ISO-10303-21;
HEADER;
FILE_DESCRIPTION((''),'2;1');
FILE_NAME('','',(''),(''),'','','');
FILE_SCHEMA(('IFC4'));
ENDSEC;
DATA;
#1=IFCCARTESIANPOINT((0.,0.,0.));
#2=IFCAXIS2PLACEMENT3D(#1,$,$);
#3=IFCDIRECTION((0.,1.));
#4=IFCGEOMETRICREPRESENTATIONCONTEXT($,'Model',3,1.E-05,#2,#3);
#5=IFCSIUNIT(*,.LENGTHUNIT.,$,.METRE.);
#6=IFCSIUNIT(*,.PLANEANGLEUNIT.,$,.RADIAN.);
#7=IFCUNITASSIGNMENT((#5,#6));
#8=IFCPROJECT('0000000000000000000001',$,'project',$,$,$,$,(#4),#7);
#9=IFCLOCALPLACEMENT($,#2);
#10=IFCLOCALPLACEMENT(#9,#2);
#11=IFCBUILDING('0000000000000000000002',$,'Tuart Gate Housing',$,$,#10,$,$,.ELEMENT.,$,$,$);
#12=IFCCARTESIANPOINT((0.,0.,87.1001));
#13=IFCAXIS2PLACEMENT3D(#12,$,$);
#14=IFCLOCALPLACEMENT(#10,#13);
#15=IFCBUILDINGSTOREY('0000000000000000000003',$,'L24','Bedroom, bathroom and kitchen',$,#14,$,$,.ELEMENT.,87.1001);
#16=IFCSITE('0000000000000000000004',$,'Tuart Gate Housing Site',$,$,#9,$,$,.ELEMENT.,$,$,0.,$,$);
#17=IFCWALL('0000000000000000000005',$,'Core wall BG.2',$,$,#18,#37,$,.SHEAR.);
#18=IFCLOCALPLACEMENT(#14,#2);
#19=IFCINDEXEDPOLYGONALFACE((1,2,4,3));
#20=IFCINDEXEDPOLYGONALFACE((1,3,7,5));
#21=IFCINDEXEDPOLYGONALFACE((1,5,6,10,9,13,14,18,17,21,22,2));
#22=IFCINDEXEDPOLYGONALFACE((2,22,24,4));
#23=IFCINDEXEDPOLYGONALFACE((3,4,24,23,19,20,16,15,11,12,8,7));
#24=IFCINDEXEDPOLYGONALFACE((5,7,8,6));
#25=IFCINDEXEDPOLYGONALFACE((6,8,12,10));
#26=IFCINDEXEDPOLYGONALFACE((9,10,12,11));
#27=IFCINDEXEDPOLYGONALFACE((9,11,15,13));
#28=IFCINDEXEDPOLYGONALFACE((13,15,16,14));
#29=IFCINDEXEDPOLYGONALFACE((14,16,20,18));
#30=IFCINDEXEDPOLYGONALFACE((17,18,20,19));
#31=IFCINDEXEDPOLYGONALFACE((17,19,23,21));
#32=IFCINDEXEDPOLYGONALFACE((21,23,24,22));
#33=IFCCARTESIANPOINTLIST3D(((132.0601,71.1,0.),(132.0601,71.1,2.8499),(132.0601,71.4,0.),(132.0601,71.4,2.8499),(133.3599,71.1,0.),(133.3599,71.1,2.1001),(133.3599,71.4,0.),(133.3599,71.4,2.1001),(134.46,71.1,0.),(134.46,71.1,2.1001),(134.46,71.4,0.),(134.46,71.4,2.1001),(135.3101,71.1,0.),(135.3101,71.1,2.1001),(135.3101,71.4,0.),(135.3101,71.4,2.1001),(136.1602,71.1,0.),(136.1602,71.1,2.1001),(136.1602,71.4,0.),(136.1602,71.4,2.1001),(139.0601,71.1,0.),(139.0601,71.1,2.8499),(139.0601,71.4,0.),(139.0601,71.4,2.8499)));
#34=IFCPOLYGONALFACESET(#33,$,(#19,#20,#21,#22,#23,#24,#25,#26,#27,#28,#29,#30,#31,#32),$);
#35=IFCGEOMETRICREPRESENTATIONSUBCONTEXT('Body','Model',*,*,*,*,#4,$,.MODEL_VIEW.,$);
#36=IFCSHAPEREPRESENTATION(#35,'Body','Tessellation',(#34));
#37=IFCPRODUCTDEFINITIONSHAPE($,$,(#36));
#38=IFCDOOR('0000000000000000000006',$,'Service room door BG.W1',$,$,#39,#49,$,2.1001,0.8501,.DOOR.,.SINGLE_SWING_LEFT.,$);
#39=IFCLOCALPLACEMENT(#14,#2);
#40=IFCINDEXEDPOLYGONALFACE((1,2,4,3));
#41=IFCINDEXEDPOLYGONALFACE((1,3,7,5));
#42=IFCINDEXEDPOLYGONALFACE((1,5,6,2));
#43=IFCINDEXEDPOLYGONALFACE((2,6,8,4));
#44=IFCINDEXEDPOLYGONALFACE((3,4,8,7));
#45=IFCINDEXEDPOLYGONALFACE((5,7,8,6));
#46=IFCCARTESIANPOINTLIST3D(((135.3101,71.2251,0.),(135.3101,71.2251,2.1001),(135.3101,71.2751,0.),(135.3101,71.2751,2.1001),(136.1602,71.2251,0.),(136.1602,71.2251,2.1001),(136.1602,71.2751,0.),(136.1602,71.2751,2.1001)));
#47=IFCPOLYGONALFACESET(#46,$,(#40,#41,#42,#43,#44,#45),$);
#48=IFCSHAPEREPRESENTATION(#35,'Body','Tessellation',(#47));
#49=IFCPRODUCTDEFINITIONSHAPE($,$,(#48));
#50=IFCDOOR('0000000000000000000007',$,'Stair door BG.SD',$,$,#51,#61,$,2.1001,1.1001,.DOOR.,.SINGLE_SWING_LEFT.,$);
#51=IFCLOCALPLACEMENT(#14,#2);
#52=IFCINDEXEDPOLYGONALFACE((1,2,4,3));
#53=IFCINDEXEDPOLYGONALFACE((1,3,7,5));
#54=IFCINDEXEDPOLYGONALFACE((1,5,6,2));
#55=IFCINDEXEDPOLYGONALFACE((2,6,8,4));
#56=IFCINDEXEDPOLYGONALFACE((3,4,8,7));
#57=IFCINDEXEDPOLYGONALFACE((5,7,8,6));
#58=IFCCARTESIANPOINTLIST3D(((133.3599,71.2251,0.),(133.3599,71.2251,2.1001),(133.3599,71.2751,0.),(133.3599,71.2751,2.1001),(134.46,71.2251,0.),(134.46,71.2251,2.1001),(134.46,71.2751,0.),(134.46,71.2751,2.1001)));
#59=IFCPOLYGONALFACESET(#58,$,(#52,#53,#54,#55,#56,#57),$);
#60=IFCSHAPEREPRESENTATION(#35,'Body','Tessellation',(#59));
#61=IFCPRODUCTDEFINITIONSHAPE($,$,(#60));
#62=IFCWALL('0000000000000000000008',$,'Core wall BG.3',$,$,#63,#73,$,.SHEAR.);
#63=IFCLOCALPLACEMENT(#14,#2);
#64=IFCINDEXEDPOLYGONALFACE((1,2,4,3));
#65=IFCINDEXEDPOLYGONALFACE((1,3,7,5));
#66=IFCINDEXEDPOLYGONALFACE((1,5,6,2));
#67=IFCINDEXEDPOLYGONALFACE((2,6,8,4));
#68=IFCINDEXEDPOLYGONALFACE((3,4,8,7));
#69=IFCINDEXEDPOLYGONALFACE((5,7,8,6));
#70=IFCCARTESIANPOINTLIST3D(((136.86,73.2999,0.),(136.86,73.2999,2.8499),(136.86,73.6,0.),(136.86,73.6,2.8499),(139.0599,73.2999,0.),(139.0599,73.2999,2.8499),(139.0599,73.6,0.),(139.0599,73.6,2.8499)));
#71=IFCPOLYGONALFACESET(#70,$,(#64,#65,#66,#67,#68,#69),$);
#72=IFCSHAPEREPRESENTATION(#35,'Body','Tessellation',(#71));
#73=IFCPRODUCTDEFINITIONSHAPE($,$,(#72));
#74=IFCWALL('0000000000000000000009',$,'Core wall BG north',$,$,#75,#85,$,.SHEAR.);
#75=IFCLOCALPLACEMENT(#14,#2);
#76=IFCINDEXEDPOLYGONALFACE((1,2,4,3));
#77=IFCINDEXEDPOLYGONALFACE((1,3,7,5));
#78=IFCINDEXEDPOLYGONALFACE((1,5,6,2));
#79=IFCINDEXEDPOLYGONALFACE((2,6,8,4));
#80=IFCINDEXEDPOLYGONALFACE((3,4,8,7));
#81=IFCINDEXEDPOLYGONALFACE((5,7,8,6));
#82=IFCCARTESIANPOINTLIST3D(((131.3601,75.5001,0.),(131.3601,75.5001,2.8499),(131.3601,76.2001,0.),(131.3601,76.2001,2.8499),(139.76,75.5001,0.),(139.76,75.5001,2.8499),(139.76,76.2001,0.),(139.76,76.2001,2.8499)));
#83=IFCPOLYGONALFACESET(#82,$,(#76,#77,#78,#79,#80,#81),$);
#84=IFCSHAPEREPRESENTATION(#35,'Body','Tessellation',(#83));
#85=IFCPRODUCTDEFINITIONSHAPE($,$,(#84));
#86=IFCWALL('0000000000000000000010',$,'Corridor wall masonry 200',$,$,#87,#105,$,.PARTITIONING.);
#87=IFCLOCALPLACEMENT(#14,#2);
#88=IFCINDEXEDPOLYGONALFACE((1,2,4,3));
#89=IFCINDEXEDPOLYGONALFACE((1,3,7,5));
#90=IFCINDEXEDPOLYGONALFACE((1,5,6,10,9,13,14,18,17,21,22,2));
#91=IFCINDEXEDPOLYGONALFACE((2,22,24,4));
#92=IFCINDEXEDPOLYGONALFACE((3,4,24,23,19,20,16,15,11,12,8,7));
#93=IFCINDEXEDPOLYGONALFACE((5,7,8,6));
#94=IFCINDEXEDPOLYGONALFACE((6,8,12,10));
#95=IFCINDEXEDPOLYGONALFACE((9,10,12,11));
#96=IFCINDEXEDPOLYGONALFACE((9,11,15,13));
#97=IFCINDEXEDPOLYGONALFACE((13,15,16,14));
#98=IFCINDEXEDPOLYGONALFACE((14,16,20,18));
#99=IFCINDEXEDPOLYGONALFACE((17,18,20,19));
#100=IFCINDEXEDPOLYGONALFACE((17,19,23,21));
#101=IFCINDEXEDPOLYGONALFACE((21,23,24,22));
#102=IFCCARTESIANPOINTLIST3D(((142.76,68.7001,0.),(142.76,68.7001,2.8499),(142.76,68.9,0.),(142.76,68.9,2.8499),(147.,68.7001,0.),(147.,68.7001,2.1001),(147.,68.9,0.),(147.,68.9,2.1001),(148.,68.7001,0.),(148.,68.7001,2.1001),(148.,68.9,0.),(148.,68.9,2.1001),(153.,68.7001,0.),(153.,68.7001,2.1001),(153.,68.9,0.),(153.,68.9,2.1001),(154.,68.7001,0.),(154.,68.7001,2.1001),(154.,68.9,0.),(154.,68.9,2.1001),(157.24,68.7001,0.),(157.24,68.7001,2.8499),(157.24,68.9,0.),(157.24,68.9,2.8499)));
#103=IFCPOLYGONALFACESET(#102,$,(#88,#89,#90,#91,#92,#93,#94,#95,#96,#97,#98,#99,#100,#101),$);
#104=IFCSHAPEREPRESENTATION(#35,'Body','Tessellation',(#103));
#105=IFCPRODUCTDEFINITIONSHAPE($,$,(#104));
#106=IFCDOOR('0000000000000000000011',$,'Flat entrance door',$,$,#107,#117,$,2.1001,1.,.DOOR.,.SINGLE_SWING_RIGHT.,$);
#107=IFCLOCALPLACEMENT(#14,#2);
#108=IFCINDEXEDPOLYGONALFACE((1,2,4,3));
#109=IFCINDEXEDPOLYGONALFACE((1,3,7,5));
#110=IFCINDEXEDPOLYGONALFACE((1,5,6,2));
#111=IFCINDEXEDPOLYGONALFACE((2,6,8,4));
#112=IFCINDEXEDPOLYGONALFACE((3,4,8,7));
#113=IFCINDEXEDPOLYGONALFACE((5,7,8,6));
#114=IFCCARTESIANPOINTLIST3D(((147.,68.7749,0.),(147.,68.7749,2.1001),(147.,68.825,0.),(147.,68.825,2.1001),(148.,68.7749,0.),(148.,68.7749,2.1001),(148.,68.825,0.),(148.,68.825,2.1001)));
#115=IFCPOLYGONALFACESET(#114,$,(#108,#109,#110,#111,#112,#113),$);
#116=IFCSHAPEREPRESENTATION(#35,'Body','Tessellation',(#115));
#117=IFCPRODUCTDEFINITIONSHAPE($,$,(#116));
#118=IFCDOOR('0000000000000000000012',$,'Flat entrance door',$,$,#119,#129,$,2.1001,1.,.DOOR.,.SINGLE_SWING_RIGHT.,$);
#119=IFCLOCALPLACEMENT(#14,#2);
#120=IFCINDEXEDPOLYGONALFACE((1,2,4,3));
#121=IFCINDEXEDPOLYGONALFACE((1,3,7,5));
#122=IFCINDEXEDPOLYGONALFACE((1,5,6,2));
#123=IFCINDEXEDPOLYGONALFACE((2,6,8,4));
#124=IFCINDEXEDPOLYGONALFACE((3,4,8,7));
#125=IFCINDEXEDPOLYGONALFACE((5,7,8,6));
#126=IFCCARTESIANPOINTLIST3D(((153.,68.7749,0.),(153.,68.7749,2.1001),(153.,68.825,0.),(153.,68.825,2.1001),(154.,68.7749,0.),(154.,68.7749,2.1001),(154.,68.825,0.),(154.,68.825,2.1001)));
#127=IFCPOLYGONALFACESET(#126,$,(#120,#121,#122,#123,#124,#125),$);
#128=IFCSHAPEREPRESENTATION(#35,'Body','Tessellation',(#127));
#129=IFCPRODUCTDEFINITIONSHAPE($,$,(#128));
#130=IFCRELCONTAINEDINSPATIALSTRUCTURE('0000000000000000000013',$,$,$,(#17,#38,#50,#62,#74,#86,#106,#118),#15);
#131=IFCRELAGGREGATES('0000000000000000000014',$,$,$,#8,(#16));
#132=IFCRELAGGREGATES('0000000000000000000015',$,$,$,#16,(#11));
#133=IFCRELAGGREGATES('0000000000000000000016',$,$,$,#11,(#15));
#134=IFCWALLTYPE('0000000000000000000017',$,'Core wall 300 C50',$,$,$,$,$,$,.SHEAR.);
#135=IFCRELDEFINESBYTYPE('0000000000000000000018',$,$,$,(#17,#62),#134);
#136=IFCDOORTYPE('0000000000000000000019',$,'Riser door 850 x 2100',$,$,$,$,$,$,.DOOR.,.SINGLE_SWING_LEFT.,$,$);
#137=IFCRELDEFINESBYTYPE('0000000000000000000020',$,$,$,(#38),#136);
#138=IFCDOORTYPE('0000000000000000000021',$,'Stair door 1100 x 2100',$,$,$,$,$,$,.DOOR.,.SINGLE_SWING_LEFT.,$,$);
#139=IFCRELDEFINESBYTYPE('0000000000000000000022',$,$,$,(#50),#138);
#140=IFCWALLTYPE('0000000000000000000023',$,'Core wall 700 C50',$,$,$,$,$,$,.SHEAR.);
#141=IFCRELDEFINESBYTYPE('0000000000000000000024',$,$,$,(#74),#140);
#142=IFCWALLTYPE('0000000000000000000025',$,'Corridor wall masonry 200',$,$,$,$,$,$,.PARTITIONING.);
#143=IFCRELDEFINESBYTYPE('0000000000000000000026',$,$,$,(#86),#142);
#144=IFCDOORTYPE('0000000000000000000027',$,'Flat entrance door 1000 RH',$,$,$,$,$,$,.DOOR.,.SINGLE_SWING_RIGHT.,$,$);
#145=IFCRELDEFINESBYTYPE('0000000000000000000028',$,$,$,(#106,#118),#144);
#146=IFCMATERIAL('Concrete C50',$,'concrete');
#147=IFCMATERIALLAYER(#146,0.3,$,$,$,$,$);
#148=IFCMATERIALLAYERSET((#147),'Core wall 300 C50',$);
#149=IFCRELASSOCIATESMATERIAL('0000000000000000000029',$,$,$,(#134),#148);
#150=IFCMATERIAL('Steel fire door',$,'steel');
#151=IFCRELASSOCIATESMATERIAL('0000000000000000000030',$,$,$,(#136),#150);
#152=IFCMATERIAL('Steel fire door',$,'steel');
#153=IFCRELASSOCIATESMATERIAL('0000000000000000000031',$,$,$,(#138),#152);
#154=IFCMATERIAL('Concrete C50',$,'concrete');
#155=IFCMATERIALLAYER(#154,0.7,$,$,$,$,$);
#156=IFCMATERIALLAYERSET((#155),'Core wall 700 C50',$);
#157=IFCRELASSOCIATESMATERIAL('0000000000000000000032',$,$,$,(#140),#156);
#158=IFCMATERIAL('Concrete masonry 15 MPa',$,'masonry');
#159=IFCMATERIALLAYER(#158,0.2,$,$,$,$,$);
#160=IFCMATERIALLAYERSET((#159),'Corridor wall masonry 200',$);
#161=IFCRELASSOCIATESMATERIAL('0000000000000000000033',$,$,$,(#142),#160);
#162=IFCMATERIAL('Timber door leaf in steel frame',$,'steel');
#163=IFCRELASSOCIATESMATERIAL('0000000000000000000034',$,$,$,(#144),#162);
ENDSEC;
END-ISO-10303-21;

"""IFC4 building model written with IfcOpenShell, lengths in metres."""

from ifc_helpers import new_model, si_unit, direction, frame, frame_2d, origin, place, context, subcontext, project, spatial, rectangle, extrude, material, layer, layer_set, type_object, element, fill, save


model = new_model("IFC4")

# Units and contexts
model_context = context("Model", 3, precision=1e-05, world=origin(), true_north=direction((0.0, 1.0)))
body_context = subcontext(model_context, "Body", "Model", "MODEL_VIEW")
ifc_project = project(units=[si_unit("LENGTHUNIT", "METRE"), si_unit("PLANEANGLEUNIT", "RADIAN")], contexts=[model_context])

# Site, building, storey
site_placement = place(None, origin())
site = spatial("IfcSite", under=ifc_project, at=site_placement, Name="Tuart Gate Housing Site", CompositionType="ELEMENT", RefElevation=0.0)
building_placement = place(site_placement, origin())
building = spatial("IfcBuilding", under=site, at=building_placement, Name="Tuart Gate Housing", CompositionType="ELEMENT")
storey_placement = place(building_placement, frame((0.0, 0.0, 87.1001)))
storey = spatial("IfcBuildingStorey", under=building, at=storey_placement, Name="L24", Description="Bedroom, bathroom and kitchen", CompositionType="ELEMENT", Elevation=87.1001)

# Wall, openings, doors
ifc_material_1 = material(Name="Concrete C50", Category="concrete")
ifc_layer_1 = layer(ifc_material_1, 0.3)
ifc_layer_set_1 = layer_set([ifc_layer_1], Name="Core wall 300 C50")
wall_type_1 = type_object("IfcWallType", Name="Core wall 300 C50", PredefinedType="SHEAR", material=ifc_layer_set_1)
wall_1_placement = place(storey_placement, frame((139.0601, 71.25, 0.0), z_axis=(0.0, 0.0, 1.0), x_axis=(-1.0, 0.0, 0.0)))
wall_1 = element("IfcWall", 1, at=wall_1_placement, inside=storey, type_object=wall_type_1, Name="Core wall BG.2", PredefinedType="SHEAR", context=body_context, shape_type="SweptSolid", body=[
    extrude(rectangle(XDim=7.0, YDim=0.3, at=frame_2d((3.5, 0.0))), origin(), (0.0, 0.0, 1.0), 2.8499),
])
opening_1_placement = place(wall_1_placement, frame((4.6001, 0.0, 0.0)))
opening_1 = element("IfcOpeningElement", 2, at=opening_1_placement, cuts=wall_1, PredefinedType="OPENING", context=body_context, shape_type="SweptSolid", body=[
    extrude(rectangle(XDim=1.1001, YDim=2.1001, at=frame_2d((0.55, 1.05))), frame((0.0, 0.1599, 0.0), z_axis=(0.0, -1.0, 0.0), x_axis=(1.0, 0.0, 0.0)), (0.0, 0.0, 1.0), 0.3201),
])
opening_2_placement = place(wall_1_placement, frame((2.8999, 0.0, 0.0)))
opening_2 = element("IfcOpeningElement", 3, at=opening_2_placement, cuts=wall_1, PredefinedType="OPENING", context=body_context, shape_type="SweptSolid", body=[
    extrude(rectangle(XDim=0.8501, YDim=2.1001, at=frame_2d((0.425, 1.05))), frame((0.0, 0.1599, 0.0), z_axis=(0.0, -1.0, 0.0), x_axis=(1.0, 0.0, 0.0)), (0.0, 0.0, 1.0), 0.3201),
])
ifc_material_2 = material(Name="Steel fire door", Category="steel")
door_type_1 = type_object("IfcDoorType", Name="Riser door 850 x 2100", OperationType="SINGLE_SWING_LEFT", PredefinedType="DOOR", material=ifc_material_2)
door_1_placement = place(opening_2_placement, origin())
door_1 = element("IfcDoor", 4, at=door_1_placement, inside=storey, type_object=door_type_1, Name="Service room door BG.W1", OperationType="SINGLE_SWING_LEFT", OverallHeight=2.1001, OverallWidth=0.8501, PredefinedType="DOOR", context=body_context, shape_type="SweptSolid", body=[
    extrude(rectangle(XDim=0.8501, YDim=2.1001, at=frame_2d((0.425, 1.05))), frame((0.0, 0.0249, 0.0), z_axis=(0.0, -1.0, 0.0), x_axis=(1.0, 0.0, 0.0)), (0.0, 0.0, 1.0), 0.05),
])
fill(opening_2, door_1)
ifc_material_3 = material(Name="Steel fire door", Category="steel")
door_type_2 = type_object("IfcDoorType", Name="Stair door 1100 x 2100", OperationType="SINGLE_SWING_LEFT", PredefinedType="DOOR", material=ifc_material_3)
door_2_placement = place(opening_1_placement, origin())
door_2 = element("IfcDoor", 5, at=door_2_placement, inside=storey, type_object=door_type_2, Name="Stair door BG.SD", OperationType="SINGLE_SWING_LEFT", OverallHeight=2.1001, OverallWidth=1.1001, PredefinedType="DOOR", context=body_context, shape_type="SweptSolid", body=[
    extrude(rectangle(XDim=1.1001, YDim=2.1001, at=frame_2d((0.55, 1.05))), frame((0.0, 0.0249, 0.0), z_axis=(0.0, -1.0, 0.0), x_axis=(1.0, 0.0, 0.0)), (0.0, 0.0, 1.0), 0.05),
])
fill(opening_1, door_2)

# Walls
wall_2_placement = place(storey_placement, frame((139.0601, 73.45, 0.0), z_axis=(0.0, 0.0, 1.0), x_axis=(-1.0, 0.0, 0.0)))
element("IfcWall", 6, at=wall_2_placement, inside=storey, type_object=wall_type_1, Name="Core wall BG.3", PredefinedType="SHEAR", context=body_context, shape_type="SweptSolid", body=[
    extrude(rectangle(XDim=2.2, YDim=0.3, at=frame_2d((1.1001, 0.0))), origin(), (0.0, 0.0, 1.0), 2.8499),
])
ifc_material_4 = material(Name="Concrete C50", Category="concrete")
ifc_layer_2 = layer(ifc_material_4, 0.7)
ifc_layer_set_2 = layer_set([ifc_layer_2], Name="Core wall 700 C50")
wall_type_2 = type_object("IfcWallType", Name="Core wall 700 C50", PredefinedType="SHEAR", material=ifc_layer_set_2)
wall_3_placement = place(storey_placement, frame((139.76, 75.8501, 0.0), z_axis=(0.0, 0.0, 1.0), x_axis=(-1.0, 0.0, 0.0)))
element("IfcWall", 7, at=wall_3_placement, inside=storey, type_object=wall_type_2, Name="Core wall BG north", PredefinedType="SHEAR", context=body_context, shape_type="SweptSolid", body=[
    extrude(rectangle(XDim=8.3999, YDim=0.7, at=frame_2d((4.2, 0.0))), origin(), (0.0, 0.0, 1.0), 2.8499),
])

# Wall, openings, doors
ifc_material_5 = material(Name="Concrete masonry 15 MPa", Category="masonry")
ifc_layer_3 = layer(ifc_material_5, 0.2)
ifc_layer_set_3 = layer_set([ifc_layer_3], Name="Corridor wall masonry 200")
wall_type_3 = type_object("IfcWallType", Name="Corridor wall masonry 200", PredefinedType="PARTITIONING", material=ifc_layer_set_3)
wall_4_placement = place(storey_placement, frame((142.76, 68.8, 0.0), z_axis=(0.0, 0.0, 1.0), x_axis=(1.0, 0.0, 0.0)))
wall_4 = element("IfcWall", 8, at=wall_4_placement, inside=storey, type_object=wall_type_3, Name="Corridor wall masonry 200", PredefinedType="PARTITIONING", context=body_context, shape_type="SweptSolid", body=[
    extrude(rectangle(XDim=14.48, YDim=0.2, at=frame_2d((7.24, 0.0))), origin(), (0.0, 0.0, 1.0), 2.8499),
])
opening_3_placement = place(wall_4_placement, frame((4.24, 0.0, 0.0)))
opening_3 = element("IfcOpeningElement", 9, at=opening_3_placement, cuts=wall_4, PredefinedType="OPENING", context=body_context, shape_type="SweptSolid", body=[
    extrude(rectangle(XDim=1.0, YDim=2.1001, at=frame_2d((0.5, 1.05))), frame((0.0, 0.1099, 0.0), z_axis=(0.0, -1.0, 0.0), x_axis=(1.0, 0.0, 0.0)), (0.0, 0.0, 1.0), 0.22),
])
opening_4_placement = place(wall_4_placement, frame((10.24, 0.0, 0.0)))
opening_4 = element("IfcOpeningElement", 10, at=opening_4_placement, cuts=wall_4, PredefinedType="OPENING", context=body_context, shape_type="SweptSolid", body=[
    extrude(rectangle(XDim=1.0, YDim=2.1001, at=frame_2d((0.5, 1.05))), frame((0.0, 0.1099, 0.0), z_axis=(0.0, -1.0, 0.0), x_axis=(1.0, 0.0, 0.0)), (0.0, 0.0, 1.0), 0.22),
])
ifc_material_6 = material(Name="Timber door leaf in steel frame", Category="steel")
door_type_3 = type_object("IfcDoorType", Name="Flat entrance door 1000 RH", OperationType="SINGLE_SWING_RIGHT", PredefinedType="DOOR", material=ifc_material_6)
door_3_placement = place(opening_3_placement, frame((1.0, 0.0, 0.0), z_axis=(0.0, 0.0, 1.0), x_axis=(-1.0, 0.0, 0.0)))
door_3 = element("IfcDoor", 11, at=door_3_placement, inside=storey, type_object=door_type_3, Name="Flat entrance door", OperationType="SINGLE_SWING_RIGHT", OverallHeight=2.1001, OverallWidth=1.0, PredefinedType="DOOR", context=body_context, shape_type="SweptSolid", body=[
    extrude(rectangle(XDim=1.0, YDim=2.1001, at=frame_2d((0.5, 1.05))), frame((0.0, 0.0251, 0.0), z_axis=(0.0, -1.0, 0.0), x_axis=(1.0, 0.0, 0.0)), (0.0, 0.0, 1.0), 0.05),
])
fill(opening_3, door_3)
door_4_placement = place(opening_4_placement, frame((1.0, 0.0, 0.0), z_axis=(0.0, 0.0, 1.0), x_axis=(-1.0, 0.0, 0.0)))
door_4 = element("IfcDoor", 12, at=door_4_placement, inside=storey, type_object=door_type_3, Name="Flat entrance door", OperationType="SINGLE_SWING_RIGHT", OverallHeight=2.1001, OverallWidth=1.0, PredefinedType="DOOR", context=body_context, shape_type="SweptSolid", body=[
    extrude(rectangle(XDim=1.0, YDim=2.1001, at=frame_2d((0.5, 1.05))), frame((0.0, 0.0251, 0.0), z_axis=(0.0, -1.0, 0.0), x_axis=(1.0, 0.0, 0.0)), (0.0, 0.0, 1.0), 0.05),
])
fill(opening_4, door_4)

save(model, "model.ifc")
